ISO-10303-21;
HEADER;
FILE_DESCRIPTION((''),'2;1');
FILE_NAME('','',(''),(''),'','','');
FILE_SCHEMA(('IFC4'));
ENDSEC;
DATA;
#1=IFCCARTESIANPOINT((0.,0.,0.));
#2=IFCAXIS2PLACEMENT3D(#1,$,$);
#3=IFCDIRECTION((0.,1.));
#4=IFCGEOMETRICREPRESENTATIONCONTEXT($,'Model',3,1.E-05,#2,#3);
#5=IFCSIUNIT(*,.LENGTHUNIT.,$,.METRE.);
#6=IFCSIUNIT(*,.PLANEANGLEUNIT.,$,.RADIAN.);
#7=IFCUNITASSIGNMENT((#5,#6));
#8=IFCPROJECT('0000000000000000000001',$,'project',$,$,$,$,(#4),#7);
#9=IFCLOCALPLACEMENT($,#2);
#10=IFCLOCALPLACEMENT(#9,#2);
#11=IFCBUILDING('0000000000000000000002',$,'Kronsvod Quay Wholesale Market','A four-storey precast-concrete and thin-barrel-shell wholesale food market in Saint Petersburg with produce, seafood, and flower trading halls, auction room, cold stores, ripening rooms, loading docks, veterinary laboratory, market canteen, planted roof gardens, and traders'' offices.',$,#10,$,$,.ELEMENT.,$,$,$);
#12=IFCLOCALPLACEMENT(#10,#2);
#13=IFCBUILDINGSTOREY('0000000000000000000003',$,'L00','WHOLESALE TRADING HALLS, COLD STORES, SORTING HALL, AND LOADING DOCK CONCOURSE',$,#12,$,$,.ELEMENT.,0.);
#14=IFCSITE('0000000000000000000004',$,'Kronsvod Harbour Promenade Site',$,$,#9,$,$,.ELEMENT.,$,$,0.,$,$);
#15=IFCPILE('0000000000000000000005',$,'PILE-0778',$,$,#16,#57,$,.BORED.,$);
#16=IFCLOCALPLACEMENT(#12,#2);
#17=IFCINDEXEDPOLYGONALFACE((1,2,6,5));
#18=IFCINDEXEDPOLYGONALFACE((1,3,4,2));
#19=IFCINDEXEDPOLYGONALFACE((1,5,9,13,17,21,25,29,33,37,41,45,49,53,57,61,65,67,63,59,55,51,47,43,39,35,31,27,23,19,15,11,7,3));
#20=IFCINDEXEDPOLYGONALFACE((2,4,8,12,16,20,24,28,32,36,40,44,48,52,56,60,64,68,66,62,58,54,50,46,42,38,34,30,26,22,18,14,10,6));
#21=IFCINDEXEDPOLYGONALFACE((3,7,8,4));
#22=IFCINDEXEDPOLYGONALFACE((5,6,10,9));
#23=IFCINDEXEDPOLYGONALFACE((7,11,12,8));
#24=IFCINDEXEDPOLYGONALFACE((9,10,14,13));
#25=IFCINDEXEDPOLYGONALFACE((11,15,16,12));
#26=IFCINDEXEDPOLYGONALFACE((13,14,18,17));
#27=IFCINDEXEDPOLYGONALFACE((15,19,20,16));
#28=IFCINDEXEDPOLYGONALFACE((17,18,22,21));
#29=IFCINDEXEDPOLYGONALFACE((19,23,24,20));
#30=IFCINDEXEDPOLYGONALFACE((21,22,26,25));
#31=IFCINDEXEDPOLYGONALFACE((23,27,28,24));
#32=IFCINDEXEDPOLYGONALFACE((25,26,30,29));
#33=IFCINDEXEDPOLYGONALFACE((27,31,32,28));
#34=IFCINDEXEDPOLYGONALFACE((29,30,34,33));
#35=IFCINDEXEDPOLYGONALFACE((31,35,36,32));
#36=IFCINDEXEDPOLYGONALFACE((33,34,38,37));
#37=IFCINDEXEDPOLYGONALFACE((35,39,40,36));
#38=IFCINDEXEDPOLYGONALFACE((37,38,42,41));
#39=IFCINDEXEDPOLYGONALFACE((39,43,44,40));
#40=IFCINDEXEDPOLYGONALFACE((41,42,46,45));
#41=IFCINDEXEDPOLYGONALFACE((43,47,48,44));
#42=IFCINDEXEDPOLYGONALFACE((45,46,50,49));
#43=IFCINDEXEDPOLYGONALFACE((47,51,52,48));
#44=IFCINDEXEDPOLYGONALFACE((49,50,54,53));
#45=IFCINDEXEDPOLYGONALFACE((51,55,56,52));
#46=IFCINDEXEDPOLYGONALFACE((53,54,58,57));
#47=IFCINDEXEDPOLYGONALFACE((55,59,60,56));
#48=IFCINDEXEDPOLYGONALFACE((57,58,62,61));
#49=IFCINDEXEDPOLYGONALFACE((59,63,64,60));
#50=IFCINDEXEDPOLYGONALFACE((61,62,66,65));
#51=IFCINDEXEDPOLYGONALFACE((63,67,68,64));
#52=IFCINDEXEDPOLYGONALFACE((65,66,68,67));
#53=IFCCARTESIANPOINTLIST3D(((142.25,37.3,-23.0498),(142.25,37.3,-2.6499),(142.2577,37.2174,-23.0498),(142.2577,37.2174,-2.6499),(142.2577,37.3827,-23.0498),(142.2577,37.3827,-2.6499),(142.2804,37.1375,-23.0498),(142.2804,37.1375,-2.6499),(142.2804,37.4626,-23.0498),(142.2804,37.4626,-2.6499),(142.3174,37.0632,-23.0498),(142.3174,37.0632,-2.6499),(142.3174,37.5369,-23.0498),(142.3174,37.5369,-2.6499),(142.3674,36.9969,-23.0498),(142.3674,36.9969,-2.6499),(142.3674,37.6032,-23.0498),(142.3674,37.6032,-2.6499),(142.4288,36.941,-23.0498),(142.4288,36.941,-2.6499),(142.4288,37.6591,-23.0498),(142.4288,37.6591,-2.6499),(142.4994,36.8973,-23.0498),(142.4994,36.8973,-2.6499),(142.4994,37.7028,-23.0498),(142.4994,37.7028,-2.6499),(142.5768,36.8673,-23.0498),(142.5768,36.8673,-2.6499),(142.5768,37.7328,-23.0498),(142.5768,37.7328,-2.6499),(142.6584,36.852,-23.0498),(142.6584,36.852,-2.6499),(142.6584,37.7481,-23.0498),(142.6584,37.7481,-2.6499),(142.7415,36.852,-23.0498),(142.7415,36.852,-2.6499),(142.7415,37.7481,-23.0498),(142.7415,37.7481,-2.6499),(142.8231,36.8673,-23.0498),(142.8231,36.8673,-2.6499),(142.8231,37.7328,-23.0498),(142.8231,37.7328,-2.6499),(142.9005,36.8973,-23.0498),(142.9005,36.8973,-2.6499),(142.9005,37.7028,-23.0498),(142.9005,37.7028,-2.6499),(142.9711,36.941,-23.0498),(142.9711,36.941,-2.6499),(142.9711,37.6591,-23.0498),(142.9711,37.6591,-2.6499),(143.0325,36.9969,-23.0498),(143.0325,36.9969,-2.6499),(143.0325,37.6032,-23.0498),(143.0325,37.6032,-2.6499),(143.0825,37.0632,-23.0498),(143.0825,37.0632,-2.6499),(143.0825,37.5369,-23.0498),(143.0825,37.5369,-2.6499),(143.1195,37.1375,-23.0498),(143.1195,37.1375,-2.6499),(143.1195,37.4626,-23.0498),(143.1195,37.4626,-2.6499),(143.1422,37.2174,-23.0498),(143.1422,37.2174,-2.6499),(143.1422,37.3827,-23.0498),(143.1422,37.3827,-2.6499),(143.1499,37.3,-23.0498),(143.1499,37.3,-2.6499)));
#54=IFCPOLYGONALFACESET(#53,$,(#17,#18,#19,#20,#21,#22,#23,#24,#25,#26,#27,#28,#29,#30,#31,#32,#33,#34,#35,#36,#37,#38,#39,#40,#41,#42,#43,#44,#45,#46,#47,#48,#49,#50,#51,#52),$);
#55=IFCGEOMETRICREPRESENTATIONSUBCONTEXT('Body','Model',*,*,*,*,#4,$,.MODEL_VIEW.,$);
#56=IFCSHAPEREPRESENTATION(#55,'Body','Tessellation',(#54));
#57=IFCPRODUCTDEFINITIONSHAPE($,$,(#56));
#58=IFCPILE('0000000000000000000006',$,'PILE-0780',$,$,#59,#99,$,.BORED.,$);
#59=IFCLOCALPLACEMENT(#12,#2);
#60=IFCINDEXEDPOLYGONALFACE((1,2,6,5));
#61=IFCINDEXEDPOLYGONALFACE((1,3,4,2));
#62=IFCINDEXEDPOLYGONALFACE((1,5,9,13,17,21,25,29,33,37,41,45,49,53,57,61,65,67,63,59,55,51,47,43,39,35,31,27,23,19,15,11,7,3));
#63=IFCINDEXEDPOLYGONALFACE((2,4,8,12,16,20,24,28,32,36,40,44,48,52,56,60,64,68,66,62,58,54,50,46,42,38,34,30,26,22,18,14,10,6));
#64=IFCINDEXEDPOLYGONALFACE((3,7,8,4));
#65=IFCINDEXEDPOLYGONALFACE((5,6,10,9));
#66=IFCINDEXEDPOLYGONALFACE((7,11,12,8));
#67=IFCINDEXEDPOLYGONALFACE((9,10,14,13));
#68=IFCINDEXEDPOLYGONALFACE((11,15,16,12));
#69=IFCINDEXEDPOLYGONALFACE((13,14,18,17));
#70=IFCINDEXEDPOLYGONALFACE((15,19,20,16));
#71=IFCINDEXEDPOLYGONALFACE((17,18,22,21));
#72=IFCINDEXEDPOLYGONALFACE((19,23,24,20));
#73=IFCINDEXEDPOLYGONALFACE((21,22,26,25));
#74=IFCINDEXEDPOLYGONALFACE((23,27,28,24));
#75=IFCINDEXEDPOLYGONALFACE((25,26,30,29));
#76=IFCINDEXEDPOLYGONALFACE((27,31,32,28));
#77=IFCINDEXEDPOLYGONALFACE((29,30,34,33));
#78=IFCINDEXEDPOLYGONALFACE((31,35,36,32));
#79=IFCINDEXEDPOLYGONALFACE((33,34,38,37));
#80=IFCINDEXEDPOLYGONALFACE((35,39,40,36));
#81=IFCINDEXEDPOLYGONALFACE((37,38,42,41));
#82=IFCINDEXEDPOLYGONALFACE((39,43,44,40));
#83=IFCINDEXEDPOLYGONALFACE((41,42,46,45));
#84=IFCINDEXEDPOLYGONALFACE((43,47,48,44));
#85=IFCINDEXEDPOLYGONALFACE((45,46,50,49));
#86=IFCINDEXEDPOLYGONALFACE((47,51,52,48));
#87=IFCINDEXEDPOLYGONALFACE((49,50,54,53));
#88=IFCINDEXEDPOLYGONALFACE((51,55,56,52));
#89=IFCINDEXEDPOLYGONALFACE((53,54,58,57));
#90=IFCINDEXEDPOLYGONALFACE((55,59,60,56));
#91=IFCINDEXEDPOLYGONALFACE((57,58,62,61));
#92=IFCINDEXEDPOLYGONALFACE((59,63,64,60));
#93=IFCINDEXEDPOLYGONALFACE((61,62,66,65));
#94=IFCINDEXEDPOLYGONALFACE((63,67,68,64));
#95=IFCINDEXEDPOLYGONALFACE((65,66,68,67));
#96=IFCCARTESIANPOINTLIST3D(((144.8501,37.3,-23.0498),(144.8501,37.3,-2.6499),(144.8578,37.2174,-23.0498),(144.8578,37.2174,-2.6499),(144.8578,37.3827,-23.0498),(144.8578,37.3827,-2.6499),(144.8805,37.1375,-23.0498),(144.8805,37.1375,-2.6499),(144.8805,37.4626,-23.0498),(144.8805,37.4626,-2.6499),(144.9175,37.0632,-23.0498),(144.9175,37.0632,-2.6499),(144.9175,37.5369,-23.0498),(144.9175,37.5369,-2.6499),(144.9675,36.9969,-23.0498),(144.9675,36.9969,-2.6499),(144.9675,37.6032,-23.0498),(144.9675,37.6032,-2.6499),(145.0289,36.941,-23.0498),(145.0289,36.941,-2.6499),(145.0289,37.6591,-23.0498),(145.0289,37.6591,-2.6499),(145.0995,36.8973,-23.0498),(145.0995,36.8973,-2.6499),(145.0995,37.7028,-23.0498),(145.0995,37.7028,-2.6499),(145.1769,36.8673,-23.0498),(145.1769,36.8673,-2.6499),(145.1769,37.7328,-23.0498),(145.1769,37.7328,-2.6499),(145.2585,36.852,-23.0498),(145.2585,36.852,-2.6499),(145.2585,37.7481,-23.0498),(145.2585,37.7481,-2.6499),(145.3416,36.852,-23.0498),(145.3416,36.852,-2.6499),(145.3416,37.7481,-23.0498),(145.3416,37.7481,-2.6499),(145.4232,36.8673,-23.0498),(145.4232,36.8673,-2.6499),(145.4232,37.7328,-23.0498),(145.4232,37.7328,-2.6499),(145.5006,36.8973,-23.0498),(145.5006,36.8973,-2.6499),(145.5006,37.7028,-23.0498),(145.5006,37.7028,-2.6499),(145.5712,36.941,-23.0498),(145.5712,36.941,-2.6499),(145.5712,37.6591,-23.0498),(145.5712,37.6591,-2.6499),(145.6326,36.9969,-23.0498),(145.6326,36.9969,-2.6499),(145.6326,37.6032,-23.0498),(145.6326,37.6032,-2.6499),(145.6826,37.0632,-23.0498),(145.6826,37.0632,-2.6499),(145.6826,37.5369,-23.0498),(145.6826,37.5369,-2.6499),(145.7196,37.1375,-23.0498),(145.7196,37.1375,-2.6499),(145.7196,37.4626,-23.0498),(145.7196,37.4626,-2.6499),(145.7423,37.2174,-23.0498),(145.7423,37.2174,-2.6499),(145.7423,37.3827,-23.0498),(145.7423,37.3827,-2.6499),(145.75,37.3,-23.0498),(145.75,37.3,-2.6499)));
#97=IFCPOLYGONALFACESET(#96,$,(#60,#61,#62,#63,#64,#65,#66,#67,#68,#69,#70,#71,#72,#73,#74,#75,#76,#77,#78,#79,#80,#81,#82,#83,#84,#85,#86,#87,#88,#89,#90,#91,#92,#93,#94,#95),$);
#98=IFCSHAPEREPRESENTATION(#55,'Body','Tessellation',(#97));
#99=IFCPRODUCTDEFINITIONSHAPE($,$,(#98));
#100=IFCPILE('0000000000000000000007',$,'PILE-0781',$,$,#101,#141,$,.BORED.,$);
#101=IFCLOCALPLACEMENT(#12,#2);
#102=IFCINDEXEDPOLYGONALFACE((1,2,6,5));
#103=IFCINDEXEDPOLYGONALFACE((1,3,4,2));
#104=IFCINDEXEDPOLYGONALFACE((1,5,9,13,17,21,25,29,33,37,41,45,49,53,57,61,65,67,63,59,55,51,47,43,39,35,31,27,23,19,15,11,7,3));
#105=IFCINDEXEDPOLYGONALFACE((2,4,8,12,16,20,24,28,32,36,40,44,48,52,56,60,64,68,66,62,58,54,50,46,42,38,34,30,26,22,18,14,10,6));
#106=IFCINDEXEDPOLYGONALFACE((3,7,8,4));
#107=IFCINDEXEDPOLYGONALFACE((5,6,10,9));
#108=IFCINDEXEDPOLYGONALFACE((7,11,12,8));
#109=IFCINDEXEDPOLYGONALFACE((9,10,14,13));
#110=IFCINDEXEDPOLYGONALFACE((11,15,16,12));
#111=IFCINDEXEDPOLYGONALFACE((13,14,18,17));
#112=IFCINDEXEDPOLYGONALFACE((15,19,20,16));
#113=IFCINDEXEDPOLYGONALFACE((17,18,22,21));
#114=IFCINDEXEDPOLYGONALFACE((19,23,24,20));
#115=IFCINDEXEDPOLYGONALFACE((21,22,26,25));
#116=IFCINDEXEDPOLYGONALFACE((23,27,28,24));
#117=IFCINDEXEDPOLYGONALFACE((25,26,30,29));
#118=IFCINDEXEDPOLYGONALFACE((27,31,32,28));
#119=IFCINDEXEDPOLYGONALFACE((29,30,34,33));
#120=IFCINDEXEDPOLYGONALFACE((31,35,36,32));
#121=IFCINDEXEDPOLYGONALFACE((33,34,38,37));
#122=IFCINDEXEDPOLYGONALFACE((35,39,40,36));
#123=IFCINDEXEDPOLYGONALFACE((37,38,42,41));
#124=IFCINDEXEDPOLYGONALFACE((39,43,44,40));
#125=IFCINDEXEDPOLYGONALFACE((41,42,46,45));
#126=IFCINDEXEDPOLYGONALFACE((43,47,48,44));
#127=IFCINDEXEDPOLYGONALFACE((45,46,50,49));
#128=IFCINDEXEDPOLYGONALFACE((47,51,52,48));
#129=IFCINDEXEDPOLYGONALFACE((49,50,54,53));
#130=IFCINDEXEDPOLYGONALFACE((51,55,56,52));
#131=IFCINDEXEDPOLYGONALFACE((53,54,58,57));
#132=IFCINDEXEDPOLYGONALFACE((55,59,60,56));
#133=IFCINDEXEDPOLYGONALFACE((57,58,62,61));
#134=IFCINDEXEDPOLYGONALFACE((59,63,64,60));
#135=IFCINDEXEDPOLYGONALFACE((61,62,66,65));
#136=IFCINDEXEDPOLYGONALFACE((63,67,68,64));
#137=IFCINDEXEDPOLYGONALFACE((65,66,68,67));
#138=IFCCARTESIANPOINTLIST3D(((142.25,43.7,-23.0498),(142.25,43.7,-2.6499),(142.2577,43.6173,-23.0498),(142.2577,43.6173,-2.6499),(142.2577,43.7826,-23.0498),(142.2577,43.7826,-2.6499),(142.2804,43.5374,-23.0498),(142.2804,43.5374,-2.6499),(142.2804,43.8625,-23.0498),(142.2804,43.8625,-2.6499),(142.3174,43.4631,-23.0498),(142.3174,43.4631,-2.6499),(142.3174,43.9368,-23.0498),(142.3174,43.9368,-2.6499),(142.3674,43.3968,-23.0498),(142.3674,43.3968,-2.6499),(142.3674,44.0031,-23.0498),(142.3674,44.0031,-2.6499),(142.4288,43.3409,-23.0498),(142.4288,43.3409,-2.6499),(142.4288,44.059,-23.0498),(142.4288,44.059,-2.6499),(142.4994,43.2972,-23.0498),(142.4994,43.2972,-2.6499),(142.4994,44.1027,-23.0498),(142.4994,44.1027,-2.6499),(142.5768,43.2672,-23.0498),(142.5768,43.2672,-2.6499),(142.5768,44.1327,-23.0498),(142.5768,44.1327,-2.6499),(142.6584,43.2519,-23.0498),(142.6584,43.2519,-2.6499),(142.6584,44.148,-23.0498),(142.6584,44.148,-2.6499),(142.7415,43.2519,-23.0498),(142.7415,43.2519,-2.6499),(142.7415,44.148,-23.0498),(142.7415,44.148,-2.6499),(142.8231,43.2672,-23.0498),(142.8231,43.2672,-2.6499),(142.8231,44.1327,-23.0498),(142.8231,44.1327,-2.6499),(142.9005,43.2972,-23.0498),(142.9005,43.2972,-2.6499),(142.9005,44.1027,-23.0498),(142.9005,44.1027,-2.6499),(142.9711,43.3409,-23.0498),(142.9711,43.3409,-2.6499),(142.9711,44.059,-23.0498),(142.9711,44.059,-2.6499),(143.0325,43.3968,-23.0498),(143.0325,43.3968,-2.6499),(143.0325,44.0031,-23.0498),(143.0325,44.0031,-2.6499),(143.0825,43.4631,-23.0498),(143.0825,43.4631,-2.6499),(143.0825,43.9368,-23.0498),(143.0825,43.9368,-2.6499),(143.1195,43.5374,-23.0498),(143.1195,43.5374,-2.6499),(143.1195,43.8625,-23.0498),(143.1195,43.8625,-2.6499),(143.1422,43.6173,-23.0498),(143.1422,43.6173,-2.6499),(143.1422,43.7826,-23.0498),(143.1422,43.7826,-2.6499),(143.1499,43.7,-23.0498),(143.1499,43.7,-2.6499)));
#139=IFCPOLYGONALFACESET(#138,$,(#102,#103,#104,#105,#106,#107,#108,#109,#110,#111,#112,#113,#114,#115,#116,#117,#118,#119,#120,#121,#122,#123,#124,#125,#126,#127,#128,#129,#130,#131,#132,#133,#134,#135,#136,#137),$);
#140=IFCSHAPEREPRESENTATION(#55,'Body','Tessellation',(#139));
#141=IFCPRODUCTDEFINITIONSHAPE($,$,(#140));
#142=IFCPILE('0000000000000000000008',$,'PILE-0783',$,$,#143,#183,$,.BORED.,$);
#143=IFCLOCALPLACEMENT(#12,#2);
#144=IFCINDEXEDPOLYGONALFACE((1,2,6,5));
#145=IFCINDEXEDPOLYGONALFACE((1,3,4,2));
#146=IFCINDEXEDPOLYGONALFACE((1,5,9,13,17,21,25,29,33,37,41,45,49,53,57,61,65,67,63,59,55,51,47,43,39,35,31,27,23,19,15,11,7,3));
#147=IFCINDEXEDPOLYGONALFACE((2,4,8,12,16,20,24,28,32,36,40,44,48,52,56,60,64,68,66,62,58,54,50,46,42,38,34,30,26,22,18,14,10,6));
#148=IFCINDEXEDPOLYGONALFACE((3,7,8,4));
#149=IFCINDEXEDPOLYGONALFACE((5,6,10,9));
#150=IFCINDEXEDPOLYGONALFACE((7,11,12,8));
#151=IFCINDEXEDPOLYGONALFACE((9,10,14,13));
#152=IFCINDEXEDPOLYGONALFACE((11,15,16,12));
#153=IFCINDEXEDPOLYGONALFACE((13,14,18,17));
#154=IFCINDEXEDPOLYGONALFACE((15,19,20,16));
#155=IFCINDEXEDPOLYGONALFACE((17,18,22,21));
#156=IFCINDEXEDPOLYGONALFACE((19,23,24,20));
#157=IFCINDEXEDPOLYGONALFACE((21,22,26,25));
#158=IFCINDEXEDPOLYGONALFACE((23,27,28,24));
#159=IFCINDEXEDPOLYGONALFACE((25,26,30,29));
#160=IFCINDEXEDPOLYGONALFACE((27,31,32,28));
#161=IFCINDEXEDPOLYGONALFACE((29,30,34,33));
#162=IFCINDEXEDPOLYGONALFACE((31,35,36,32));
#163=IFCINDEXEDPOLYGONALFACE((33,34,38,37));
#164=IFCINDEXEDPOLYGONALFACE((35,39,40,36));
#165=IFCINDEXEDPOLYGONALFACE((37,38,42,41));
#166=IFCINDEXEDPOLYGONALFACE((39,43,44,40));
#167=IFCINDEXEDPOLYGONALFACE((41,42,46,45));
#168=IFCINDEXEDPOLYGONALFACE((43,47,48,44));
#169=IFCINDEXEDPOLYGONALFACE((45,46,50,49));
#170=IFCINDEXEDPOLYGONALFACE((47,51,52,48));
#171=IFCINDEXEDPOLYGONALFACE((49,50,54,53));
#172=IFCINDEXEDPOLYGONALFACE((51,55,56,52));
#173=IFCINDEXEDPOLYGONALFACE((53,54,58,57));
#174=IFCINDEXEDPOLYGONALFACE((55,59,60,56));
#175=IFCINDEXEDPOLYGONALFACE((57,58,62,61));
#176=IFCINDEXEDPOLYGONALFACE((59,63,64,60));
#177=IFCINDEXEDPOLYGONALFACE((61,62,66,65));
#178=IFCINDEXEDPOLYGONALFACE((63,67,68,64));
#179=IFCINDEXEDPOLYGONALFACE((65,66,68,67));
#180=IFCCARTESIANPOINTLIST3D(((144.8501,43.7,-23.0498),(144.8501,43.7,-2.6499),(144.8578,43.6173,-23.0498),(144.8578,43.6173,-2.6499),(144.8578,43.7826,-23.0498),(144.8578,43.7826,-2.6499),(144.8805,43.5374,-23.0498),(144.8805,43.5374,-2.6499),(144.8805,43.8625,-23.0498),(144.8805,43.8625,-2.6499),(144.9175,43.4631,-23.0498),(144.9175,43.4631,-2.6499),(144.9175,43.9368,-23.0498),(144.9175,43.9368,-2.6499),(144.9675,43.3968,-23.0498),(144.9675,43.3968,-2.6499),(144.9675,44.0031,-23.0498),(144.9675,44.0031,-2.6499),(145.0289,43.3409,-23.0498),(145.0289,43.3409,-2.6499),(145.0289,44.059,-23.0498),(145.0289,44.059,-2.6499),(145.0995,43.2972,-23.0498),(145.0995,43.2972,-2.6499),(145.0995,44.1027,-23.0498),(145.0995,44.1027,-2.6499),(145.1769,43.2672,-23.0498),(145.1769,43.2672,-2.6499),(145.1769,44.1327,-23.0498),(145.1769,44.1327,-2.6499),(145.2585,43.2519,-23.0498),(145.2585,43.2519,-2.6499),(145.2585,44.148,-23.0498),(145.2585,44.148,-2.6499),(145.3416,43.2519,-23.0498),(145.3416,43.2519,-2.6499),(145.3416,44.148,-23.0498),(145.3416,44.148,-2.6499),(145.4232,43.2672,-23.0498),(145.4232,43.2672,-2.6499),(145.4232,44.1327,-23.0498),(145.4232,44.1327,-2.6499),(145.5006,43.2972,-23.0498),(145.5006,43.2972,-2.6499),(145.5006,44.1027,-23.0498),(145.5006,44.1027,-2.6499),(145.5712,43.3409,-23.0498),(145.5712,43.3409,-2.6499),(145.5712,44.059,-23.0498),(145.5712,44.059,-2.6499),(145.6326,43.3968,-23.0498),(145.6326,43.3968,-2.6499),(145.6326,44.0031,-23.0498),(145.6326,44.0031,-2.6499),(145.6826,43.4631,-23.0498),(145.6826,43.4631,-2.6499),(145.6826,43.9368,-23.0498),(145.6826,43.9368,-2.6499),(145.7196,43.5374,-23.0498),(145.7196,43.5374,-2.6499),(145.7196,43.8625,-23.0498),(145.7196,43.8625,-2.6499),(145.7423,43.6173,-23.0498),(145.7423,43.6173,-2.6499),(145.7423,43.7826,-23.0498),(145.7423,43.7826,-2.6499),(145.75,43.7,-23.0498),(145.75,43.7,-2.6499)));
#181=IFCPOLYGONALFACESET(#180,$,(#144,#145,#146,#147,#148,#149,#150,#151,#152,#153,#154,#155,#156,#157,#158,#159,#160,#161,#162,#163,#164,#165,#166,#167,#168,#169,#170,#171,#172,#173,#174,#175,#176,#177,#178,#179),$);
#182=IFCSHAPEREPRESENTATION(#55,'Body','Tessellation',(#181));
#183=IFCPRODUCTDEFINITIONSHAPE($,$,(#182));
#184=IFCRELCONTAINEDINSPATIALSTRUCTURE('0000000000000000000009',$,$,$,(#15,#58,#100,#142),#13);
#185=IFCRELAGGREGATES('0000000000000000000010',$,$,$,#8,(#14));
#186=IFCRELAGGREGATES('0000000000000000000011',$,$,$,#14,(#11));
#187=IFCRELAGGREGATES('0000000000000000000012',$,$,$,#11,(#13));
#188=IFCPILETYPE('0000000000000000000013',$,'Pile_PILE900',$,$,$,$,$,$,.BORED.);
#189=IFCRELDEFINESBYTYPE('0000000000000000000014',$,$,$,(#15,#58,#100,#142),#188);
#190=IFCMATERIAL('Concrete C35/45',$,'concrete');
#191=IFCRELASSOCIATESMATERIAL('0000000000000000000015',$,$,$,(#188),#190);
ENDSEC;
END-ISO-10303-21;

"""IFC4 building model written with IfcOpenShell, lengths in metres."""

from ifc_helpers import new_model, si_unit, direction, frame, origin, origin_2d, place, context, subcontext, project, spatial, circle, extrude, material, material_profile, profile_set, type_object, element, save


model = new_model("IFC4")

# Units and contexts
model_context = context("Model", 3, precision=1e-05, world=origin(), true_north=direction((0.0, 1.0)))
body_context = subcontext(model_context, "Body", "Model", "MODEL_VIEW")
ifc_project = project(units=[si_unit("LENGTHUNIT", "METRE"), si_unit("PLANEANGLEUNIT", "RADIAN")], contexts=[model_context])

# Site, building, storey
site_placement = place(None, origin())
site = spatial("IfcSite", under=ifc_project, at=site_placement, Name="Kronsvod Harbour Promenade Site", CompositionType="ELEMENT", RefElevation=0.0)
building_placement = place(site_placement, origin())
building = spatial("IfcBuilding", under=site, at=building_placement, Name="Kronsvod Quay Wholesale Market", Description="A four-storey precast-concrete and thin-barrel-shell wholesale food market in Saint Petersburg with produce, seafood, and flower trading halls, auction room, cold stores, ripening rooms, loading docks, veterinary laboratory, market canteen, planted roof gardens, and traders' offices.", CompositionType="ELEMENT")
storey_placement = place(building_placement, origin())
storey = spatial("IfcBuildingStorey", under=building, at=storey_placement, Name="L00", Description="WHOLESALE TRADING HALLS, COLD STORES, SORTING HALL, AND LOADING DOCK CONCOURSE", CompositionType="ELEMENT", Elevation=0.0)

# Piles
ifc_material_1 = material(Name="Concrete C35/45", Category="concrete")
ifc_material_profile_1 = material_profile(ifc_material_1, circle(Radius=0.45, at=origin_2d()), Name="PILE900")
ifc_profile_set_1 = profile_set([ifc_material_profile_1], Name="Concrete C35/45")
pile_type = type_object("IfcPileType", Name="Pile_PILE900", PredefinedType="BORED", material=ifc_profile_set_1)
for number, where, z_axis, x_axis, name in (
    (1, (142.7, 37.3, -2.6499), (0.0, 0.0, -1.0), (1.0, 0.0, 0.0), "PILE-0778"),
    (2, (145.3, 37.3, -2.6499), (0.0, 0.0, -1.0), (1.0, 0.0, 0.0), "PILE-0780"),
    (3, (142.7, 43.7, -2.6499), (0.0, 0.0, -1.0), (1.0, 0.0, 0.0), "PILE-0781"),
    (4, (145.3, 43.7, -2.6499), (0.0, 0.0, -1.0), (1.0, 0.0, 0.0), "PILE-0783"),
):
    element("IfcPile", number, at=place(storey_placement, frame(where, z_axis=z_axis, x_axis=x_axis)), inside=storey, type_object=pile_type, Name=name, PredefinedType="BORED", context=body_context, shape_type="SweptSolid", body=[
        extrude(circle(Radius=0.45, at=origin_2d()), origin(), (0.0, 0.0, 1.0), 20.3999),
    ])

save(model, "model.ifc")
